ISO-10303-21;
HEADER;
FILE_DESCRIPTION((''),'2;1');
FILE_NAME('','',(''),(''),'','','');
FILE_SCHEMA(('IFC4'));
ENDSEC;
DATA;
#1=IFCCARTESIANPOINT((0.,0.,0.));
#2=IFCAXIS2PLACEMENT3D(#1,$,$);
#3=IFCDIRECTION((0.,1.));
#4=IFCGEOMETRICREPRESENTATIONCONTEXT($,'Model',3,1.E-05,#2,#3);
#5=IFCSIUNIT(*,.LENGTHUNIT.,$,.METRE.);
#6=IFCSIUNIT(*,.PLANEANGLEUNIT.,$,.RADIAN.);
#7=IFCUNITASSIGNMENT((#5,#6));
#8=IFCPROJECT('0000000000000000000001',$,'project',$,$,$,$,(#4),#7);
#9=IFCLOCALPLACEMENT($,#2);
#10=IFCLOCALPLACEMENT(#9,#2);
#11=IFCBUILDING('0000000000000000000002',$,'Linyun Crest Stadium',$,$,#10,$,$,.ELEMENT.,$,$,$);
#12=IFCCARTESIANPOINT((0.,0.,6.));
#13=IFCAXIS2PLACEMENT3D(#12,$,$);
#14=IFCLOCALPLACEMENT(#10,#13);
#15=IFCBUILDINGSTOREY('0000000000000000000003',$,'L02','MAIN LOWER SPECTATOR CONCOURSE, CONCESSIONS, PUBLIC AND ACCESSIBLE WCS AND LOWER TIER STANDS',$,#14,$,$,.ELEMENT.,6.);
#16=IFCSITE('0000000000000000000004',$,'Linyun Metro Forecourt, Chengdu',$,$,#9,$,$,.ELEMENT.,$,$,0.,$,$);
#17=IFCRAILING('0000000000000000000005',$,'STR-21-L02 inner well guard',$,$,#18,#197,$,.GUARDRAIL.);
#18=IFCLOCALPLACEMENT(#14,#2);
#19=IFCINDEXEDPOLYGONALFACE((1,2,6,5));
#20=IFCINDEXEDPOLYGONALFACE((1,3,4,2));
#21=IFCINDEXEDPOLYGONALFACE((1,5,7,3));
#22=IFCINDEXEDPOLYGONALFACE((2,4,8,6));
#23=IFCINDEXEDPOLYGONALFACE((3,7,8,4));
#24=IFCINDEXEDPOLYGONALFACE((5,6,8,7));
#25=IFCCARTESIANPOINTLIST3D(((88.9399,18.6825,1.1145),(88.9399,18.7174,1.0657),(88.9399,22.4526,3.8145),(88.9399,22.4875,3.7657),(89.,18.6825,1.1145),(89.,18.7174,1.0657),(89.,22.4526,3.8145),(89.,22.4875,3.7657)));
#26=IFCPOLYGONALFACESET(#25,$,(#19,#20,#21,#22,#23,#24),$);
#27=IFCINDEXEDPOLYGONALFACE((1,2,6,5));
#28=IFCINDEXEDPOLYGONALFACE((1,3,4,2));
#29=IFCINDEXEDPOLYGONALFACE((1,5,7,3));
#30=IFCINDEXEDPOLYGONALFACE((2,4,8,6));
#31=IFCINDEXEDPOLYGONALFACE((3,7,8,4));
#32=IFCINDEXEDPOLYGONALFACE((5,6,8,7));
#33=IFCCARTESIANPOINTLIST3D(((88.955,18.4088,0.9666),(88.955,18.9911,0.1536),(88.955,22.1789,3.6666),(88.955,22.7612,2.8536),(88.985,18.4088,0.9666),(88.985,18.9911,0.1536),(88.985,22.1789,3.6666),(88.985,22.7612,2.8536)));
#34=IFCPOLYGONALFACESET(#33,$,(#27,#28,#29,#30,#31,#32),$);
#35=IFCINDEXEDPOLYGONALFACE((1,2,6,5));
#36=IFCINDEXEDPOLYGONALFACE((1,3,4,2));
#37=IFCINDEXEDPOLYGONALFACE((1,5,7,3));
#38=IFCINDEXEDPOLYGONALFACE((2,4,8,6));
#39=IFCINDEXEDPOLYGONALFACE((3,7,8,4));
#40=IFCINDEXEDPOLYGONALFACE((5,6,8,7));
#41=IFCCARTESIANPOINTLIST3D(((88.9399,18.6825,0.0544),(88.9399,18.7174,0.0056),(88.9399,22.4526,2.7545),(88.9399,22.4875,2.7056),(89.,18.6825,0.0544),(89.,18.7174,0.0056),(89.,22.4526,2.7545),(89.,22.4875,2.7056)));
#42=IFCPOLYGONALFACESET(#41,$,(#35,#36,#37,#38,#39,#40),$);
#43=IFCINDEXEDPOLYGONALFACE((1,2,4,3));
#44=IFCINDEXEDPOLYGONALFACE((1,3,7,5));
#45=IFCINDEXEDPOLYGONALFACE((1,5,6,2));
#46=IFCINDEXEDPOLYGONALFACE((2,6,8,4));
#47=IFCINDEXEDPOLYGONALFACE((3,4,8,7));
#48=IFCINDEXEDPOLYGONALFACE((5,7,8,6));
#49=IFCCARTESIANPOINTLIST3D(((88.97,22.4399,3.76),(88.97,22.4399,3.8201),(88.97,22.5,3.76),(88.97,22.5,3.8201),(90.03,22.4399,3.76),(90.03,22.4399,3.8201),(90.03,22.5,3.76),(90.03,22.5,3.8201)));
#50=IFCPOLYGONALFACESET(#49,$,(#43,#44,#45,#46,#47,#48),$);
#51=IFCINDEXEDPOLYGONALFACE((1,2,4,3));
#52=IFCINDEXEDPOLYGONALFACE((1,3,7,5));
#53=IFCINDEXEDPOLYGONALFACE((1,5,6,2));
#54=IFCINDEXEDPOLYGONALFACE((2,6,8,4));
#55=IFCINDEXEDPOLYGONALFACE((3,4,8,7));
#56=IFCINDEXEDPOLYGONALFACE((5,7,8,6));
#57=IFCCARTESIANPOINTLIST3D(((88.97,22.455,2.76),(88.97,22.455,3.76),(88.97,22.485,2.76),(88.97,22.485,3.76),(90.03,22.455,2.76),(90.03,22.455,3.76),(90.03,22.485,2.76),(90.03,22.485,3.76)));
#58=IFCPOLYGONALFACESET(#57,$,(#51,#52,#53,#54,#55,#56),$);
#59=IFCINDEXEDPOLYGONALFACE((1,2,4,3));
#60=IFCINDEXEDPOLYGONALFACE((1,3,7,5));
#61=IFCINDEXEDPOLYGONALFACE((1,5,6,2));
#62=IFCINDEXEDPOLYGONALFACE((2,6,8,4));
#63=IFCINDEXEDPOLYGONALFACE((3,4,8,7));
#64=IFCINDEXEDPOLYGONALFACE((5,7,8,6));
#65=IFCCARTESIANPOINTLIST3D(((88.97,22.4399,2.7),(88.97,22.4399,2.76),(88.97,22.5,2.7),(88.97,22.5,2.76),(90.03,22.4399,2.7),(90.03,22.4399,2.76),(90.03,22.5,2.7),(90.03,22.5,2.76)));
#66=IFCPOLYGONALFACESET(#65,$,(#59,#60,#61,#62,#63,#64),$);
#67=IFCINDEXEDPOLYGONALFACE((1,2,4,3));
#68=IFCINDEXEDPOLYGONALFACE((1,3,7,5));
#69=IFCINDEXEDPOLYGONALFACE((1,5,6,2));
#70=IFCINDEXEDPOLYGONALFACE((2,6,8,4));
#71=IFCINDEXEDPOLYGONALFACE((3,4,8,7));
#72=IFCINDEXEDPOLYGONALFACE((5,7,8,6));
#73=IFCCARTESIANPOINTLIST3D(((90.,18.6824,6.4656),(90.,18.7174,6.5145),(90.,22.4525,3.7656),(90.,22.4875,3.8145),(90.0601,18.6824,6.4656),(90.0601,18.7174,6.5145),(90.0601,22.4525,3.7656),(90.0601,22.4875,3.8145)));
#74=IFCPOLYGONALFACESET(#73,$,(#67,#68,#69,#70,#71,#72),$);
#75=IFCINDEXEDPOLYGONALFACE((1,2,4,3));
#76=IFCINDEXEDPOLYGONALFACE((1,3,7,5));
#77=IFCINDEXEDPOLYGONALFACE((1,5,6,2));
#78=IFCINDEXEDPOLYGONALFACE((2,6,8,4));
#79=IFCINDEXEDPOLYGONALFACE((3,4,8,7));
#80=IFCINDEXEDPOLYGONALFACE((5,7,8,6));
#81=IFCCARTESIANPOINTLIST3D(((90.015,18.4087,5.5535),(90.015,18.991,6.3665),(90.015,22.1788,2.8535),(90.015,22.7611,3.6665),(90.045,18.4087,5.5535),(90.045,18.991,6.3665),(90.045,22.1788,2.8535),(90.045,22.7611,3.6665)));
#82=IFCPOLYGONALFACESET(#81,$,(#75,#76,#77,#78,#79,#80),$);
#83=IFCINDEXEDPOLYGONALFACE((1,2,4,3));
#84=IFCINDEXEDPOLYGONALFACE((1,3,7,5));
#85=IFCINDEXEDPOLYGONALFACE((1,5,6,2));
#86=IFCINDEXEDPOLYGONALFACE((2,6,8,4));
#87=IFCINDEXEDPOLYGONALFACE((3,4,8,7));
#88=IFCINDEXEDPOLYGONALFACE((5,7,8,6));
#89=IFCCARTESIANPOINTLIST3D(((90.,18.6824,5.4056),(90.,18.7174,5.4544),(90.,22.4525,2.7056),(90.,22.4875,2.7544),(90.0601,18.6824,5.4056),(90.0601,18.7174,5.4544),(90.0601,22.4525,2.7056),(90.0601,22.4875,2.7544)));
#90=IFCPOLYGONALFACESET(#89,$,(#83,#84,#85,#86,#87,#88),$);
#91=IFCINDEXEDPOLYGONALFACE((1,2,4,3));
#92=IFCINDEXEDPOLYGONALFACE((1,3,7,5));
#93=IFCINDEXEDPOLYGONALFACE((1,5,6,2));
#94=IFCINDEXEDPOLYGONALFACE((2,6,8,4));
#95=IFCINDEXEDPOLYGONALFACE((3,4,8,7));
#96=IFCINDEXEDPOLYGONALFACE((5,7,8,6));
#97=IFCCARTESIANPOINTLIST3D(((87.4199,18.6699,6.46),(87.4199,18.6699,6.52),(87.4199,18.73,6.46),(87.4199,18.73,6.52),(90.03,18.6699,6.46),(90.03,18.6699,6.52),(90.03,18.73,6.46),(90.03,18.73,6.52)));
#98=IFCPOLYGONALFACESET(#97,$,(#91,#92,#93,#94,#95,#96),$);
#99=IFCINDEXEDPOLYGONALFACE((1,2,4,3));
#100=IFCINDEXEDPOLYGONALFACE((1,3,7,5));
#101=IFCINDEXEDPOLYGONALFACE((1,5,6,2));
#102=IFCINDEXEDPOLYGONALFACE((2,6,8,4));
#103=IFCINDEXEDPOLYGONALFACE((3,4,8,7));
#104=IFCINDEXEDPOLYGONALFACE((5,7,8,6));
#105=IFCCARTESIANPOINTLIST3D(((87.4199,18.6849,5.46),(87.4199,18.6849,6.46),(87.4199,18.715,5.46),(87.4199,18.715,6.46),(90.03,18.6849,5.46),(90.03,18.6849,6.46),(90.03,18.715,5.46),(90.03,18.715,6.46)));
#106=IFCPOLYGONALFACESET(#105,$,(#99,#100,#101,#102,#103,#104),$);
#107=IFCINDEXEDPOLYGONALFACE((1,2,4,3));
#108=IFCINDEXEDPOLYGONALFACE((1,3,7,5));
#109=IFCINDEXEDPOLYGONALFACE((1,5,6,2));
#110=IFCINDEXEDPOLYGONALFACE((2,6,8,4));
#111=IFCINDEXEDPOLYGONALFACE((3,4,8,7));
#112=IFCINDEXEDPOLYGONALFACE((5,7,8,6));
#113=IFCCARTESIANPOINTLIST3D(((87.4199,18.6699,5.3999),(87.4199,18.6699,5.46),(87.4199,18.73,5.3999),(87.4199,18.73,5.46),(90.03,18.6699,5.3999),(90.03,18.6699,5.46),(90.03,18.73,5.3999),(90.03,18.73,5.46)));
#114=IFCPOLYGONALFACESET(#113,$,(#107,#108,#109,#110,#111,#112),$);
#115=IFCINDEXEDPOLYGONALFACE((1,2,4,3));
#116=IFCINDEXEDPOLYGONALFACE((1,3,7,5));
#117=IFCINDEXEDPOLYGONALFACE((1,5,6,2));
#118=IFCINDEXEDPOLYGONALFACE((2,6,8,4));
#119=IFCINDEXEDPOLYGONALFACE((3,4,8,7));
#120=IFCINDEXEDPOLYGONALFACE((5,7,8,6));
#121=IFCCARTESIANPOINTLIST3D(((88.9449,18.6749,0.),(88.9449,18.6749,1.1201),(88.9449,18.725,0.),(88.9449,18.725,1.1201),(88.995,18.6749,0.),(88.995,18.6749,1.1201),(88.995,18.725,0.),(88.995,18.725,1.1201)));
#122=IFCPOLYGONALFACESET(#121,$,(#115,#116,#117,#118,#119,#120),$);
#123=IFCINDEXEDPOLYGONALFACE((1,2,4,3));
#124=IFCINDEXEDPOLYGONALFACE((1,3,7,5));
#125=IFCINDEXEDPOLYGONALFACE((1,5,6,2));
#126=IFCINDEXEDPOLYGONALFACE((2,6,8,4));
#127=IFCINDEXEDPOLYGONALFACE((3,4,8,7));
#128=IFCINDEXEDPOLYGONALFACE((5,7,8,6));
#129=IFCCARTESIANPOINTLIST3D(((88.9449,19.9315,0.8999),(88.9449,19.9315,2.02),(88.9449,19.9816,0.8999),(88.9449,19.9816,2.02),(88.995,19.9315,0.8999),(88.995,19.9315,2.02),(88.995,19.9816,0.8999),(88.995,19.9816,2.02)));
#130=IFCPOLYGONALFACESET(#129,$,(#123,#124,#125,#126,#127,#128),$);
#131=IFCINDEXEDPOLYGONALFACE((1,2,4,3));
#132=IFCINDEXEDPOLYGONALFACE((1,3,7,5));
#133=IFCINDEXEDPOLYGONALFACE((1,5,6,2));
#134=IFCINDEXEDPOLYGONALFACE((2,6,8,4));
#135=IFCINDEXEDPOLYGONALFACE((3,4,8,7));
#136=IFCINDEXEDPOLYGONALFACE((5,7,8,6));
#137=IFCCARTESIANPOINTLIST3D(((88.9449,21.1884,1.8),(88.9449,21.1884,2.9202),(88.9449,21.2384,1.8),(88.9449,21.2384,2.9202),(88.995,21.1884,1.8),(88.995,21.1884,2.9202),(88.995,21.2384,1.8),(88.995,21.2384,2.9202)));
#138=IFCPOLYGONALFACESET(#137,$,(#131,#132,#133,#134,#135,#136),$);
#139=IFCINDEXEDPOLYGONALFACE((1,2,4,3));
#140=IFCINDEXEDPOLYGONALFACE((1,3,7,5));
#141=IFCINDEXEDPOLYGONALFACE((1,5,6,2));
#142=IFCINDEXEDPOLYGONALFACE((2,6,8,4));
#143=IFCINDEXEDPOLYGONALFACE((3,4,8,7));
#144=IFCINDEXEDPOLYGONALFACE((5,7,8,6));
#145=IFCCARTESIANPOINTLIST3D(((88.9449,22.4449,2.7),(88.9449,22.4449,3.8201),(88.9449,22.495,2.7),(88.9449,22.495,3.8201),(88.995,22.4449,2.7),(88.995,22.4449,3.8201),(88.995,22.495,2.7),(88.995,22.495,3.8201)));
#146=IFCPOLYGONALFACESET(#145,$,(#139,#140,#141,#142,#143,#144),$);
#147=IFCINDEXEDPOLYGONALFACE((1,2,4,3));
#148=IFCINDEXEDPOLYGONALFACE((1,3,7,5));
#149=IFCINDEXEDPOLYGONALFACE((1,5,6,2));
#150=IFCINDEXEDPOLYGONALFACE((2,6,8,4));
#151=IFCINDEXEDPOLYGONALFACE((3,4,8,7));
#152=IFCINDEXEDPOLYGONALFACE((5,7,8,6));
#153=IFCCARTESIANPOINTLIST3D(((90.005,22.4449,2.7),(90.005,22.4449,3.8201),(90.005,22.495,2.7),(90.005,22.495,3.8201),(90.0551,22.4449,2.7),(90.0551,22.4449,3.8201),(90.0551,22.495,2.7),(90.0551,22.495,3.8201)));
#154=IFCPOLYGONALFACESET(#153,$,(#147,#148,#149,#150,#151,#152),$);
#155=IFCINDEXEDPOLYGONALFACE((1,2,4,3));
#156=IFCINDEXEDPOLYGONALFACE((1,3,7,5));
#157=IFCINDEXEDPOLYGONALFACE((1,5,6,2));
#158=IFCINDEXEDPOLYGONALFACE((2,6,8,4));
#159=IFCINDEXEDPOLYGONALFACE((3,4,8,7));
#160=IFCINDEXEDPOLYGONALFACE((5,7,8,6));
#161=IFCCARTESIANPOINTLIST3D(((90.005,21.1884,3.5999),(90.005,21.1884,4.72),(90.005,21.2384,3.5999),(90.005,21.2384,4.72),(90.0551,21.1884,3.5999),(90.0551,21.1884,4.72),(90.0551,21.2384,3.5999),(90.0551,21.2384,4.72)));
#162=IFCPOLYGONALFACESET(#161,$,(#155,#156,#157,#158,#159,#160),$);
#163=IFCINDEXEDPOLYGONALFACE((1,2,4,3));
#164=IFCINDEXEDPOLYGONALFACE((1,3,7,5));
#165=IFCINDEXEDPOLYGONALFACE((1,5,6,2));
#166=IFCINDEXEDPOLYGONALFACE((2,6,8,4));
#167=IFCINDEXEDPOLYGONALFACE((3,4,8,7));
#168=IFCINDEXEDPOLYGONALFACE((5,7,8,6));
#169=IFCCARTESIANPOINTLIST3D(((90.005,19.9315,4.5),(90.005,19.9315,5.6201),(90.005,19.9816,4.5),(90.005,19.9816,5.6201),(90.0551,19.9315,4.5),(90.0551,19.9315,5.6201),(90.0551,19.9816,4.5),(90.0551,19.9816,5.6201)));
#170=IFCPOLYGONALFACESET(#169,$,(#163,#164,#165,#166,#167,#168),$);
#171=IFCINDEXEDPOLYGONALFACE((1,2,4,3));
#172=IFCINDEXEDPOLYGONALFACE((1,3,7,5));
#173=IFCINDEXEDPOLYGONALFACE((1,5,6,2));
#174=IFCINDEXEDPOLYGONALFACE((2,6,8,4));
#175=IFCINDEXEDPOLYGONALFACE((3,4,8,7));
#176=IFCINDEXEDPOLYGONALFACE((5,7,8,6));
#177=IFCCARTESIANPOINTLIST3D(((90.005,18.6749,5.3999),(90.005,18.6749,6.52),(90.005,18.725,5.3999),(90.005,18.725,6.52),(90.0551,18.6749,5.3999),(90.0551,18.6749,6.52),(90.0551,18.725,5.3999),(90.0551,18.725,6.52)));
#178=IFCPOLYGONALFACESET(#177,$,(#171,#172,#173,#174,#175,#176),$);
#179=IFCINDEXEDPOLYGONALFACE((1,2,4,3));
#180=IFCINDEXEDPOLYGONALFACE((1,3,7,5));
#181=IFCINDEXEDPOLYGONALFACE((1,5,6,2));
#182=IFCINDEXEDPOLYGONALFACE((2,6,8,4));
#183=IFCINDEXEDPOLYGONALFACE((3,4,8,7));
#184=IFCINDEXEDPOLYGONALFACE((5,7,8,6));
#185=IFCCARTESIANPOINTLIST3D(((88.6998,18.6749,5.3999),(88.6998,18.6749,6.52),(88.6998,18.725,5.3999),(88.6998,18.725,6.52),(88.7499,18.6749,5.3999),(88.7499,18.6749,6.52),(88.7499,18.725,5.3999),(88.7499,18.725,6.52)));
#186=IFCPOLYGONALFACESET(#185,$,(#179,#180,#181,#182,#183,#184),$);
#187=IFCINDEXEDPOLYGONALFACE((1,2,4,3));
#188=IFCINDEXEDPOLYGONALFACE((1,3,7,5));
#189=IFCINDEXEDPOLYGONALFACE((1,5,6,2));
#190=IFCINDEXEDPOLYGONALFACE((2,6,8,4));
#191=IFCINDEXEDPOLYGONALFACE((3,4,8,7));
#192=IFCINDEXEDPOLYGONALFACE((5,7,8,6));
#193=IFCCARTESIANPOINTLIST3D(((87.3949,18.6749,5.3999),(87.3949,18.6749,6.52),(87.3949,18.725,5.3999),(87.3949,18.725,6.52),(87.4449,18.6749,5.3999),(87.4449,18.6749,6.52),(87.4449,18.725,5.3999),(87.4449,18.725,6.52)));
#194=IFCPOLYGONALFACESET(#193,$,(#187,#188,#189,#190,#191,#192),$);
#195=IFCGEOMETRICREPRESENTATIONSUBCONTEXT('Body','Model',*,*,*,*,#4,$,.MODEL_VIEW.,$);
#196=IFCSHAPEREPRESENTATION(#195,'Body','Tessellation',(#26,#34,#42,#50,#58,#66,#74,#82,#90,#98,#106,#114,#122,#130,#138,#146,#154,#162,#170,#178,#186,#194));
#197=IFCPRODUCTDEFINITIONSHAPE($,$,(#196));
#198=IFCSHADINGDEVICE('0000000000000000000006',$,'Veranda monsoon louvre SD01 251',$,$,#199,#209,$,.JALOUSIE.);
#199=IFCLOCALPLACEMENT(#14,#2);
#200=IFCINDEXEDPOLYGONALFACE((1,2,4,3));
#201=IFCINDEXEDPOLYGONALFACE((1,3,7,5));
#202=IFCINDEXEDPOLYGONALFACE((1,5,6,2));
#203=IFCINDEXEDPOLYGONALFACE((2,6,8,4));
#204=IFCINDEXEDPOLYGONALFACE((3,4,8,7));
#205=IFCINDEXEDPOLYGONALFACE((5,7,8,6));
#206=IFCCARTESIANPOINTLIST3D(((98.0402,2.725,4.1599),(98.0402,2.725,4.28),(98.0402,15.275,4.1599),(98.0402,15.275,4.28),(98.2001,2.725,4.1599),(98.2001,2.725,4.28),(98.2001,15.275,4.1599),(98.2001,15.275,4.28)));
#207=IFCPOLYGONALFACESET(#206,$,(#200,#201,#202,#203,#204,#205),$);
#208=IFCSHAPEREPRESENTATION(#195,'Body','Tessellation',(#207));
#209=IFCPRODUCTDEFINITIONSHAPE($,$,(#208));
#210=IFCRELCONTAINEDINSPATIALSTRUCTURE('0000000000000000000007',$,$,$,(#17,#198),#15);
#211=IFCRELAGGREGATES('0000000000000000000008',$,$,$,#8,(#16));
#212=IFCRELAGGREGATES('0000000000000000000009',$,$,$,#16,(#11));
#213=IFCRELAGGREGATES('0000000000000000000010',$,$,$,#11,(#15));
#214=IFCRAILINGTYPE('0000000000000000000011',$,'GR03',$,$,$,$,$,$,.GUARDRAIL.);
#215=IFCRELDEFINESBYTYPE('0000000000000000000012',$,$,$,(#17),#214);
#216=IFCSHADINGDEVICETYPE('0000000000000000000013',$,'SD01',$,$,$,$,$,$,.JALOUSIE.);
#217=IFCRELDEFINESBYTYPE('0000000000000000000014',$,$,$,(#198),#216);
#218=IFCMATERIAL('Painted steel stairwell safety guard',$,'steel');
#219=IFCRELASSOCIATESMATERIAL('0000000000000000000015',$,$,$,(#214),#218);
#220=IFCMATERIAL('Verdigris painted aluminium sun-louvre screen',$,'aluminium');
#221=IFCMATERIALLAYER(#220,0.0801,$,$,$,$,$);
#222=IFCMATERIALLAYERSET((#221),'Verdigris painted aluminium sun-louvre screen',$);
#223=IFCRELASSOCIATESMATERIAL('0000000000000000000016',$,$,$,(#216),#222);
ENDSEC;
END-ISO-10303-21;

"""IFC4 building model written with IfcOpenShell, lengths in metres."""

from ifc_helpers import new_model, si_unit, direction, frame, origin, origin_2d, place, context, subcontext, project, spatial, rectangle, extrude, material, layer, layer_set, type_object, element, save


model = new_model("IFC4")

# Units and contexts
model_context = context("Model", 3, precision=1e-05, world=origin(), true_north=direction((0.0, 1.0)))
body_context = subcontext(model_context, "Body", "Model", "MODEL_VIEW")
ifc_project = project(units=[si_unit("LENGTHUNIT", "METRE"), si_unit("PLANEANGLEUNIT", "RADIAN")], contexts=[model_context])

# Site, building, storey
site_placement = place(None, origin())
site = spatial("IfcSite", under=ifc_project, at=site_placement, Name="Linyun Metro Forecourt, Chengdu", CompositionType="ELEMENT", RefElevation=0.0)
building_placement = place(site_placement, origin())
building = spatial("IfcBuilding", under=site, at=building_placement, Name="Linyun Crest Stadium", CompositionType="ELEMENT")
storey_placement = place(building_placement, frame((0.0, 0.0, 6.0)))
storey = spatial("IfcBuildingStorey", under=building, at=storey_placement, Name="L02", Description="MAIN LOWER SPECTATOR CONCOURSE, CONCESSIONS, PUBLIC AND ACCESSIBLE WCS AND LOWER TIER STANDS", CompositionType="ELEMENT", Elevation=6.0)

# Railing
ifc_material_1 = material(Name="Painted steel stairwell safety guard", Category="steel")
railing_type_1 = type_object("IfcRailingType", Name="GR03", PredefinedType="GUARDRAIL", material=ifc_material_1)
railing_1_placement = place(storey_placement, frame((88.97, 18.7, 0.0)))
element("IfcRailing", 1, at=railing_1_placement, inside=storey, type_object=railing_type_1, Name="STR-21-L02 inner well guard", PredefinedType="GUARDRAIL", context=body_context, shape_type="SweptSolid", body=[
    extrude(rectangle(XDim=0.0601, YDim=0.0601, at=origin_2d()), frame((0.0, 0.0, 1.0901), z_axis=(0.0, 0.813011, 0.582249), x_axis=(-1.0, 0.0, 0.0)), (0.0, 0.0, 1.0), 4.6372),
    extrude(rectangle(XDim=0.03, YDim=1.0, at=origin_2d()), frame((0.0, 0.0, 0.5601), z_axis=(0.0, 0.813011, 0.582249), x_axis=(-1.0, 0.0, 0.0)), (0.0, 0.0, 1.0), 4.6372),
    extrude(rectangle(XDim=0.0601, YDim=0.0601, at=origin_2d()), frame((0.0, 0.0, 0.03), z_axis=(0.0, 0.813011, 0.582249), x_axis=(-1.0, 0.0, 0.0)), (0.0, 0.0, 1.0), 4.6372),
    extrude(rectangle(XDim=0.0601, YDim=0.0601, at=origin_2d()), frame((0.0, 3.77, 3.79), z_axis=(1.0, 0.0, 0.0), x_axis=(0.0, 1.0, 0.0)), (0.0, 0.0, 1.0), 1.0601),
    extrude(rectangle(XDim=0.03, YDim=1.0, at=origin_2d()), frame((0.0, 3.77, 3.26), z_axis=(1.0, 0.0, 0.0), x_axis=(0.0, 1.0, 0.0)), (0.0, 0.0, 1.0), 1.0601),
    extrude(rectangle(XDim=0.0601, YDim=0.0601, at=origin_2d()), frame((0.0, 3.77, 2.73), z_axis=(1.0, 0.0, 0.0), x_axis=(0.0, 1.0, 0.0)), (0.0, 0.0, 1.0), 1.0601),
    extrude(rectangle(XDim=0.0601, YDim=0.0601, at=origin_2d()), frame((1.0601, 3.77, 3.79), z_axis=(0.0, -0.813011, 0.582249), x_axis=(1.0, 0.0, 0.0)), (0.0, 0.0, 1.0), 4.6372),
    extrude(rectangle(XDim=0.03, YDim=1.0, at=origin_2d()), frame((1.0601, 3.77, 3.26), z_axis=(0.0, -0.813011, 0.582249), x_axis=(1.0, 0.0, 0.0)), (0.0, 0.0, 1.0), 4.6372),
    extrude(rectangle(XDim=0.0601, YDim=0.0601, at=origin_2d()), frame((1.0601, 3.77, 2.73), z_axis=(0.0, -0.813011, 0.582249), x_axis=(1.0, 0.0, 0.0)), (0.0, 0.0, 1.0), 4.6372),
    extrude(rectangle(XDim=0.0601, YDim=0.0601, at=origin_2d()), frame((1.0601, 0.0, 6.49), z_axis=(-1.0, 0.0, 0.0), x_axis=(0.0, -1.0, 0.0)), (0.0, 0.0, 1.0), 2.6101),
    extrude(rectangle(XDim=0.03, YDim=1.0, at=origin_2d()), frame((1.0601, 0.0, 5.96), z_axis=(-1.0, 0.0, 0.0), x_axis=(0.0, -1.0, 0.0)), (0.0, 0.0, 1.0), 2.6101),
    extrude(rectangle(XDim=0.0601, YDim=0.0601, at=origin_2d()), frame((1.0601, 0.0, 5.4299), z_axis=(-1.0, 0.0, 0.0), x_axis=(0.0, -1.0, 0.0)), (0.0, 0.0, 1.0), 2.6101),
    extrude(rectangle(XDim=0.05, YDim=0.05, at=origin_2d()), origin(), (0.0, 0.0, 1.0), 1.1201),
    extrude(rectangle(XDim=0.05, YDim=0.05, at=origin_2d()), frame((0.0, 1.2566, 0.8999)), (0.0, 0.0, 1.0), 1.1201),
    extrude(rectangle(XDim=0.05, YDim=0.05, at=origin_2d()), frame((0.0, 2.5134, 1.8)), (0.0, 0.0, 1.0), 1.1201),
    extrude(rectangle(XDim=0.05, YDim=0.05, at=origin_2d()), frame((0.0, 3.77, 2.7)), (0.0, 0.0, 1.0), 1.1201),
    extrude(rectangle(XDim=0.05, YDim=0.05, at=origin_2d()), frame((1.0601, 3.77, 2.7)), (0.0, 0.0, 1.0), 1.1201),
    extrude(rectangle(XDim=0.05, YDim=0.05, at=origin_2d()), frame((1.0601, 2.5134, 3.5999)), (0.0, 0.0, 1.0), 1.1201),
    extrude(rectangle(XDim=0.05, YDim=0.05, at=origin_2d()), frame((1.0601, 1.2566, 4.5)), (0.0, 0.0, 1.0), 1.1201),
    extrude(rectangle(XDim=0.05, YDim=0.05, at=origin_2d()), frame((1.0601, 0.0, 5.3999)), (0.0, 0.0, 1.0), 1.1201),
    extrude(rectangle(XDim=0.05, YDim=0.05, at=origin_2d()), frame((-0.2451, 0.0, 5.3999)), (0.0, 0.0, 1.0), 1.1201),
    extrude(rectangle(XDim=0.05, YDim=0.05, at=origin_2d()), frame((-1.55, 0.0, 5.3999)), (0.0, 0.0, 1.0), 1.1201),
])

# Shading device
ifc_material_2 = material(Name="Verdigris painted aluminium sun-louvre screen", Category="aluminium")
ifc_layer_1 = layer(ifc_material_2, 0.0801)
ifc_layer_set_1 = layer_set([ifc_layer_1], Name="Verdigris painted aluminium sun-louvre screen")
shading_device_type = type_object("IfcShadingDeviceType", Name="SD01", PredefinedType="JALOUSIE", material=ifc_layer_set_1)
shading_device_placement = place(storey_placement, frame((98.1201, 9.0, 4.1599), z_axis=(0.0, 0.0, 1.0), x_axis=(1.0, 0.0, 0.0)))
element("IfcShadingDevice", 2, at=shading_device_placement, inside=storey, type_object=shading_device_type, Name="Veranda monsoon louvre SD01 251", PredefinedType="JALOUSIE", context=body_context, shape_type="SweptSolid", body=[
    extrude(rectangle(XDim=0.1599, YDim=12.55, at=origin_2d()), origin(), (0.0, 0.0, 1.0), 0.1201),
])

save(model, "model.ifc")
